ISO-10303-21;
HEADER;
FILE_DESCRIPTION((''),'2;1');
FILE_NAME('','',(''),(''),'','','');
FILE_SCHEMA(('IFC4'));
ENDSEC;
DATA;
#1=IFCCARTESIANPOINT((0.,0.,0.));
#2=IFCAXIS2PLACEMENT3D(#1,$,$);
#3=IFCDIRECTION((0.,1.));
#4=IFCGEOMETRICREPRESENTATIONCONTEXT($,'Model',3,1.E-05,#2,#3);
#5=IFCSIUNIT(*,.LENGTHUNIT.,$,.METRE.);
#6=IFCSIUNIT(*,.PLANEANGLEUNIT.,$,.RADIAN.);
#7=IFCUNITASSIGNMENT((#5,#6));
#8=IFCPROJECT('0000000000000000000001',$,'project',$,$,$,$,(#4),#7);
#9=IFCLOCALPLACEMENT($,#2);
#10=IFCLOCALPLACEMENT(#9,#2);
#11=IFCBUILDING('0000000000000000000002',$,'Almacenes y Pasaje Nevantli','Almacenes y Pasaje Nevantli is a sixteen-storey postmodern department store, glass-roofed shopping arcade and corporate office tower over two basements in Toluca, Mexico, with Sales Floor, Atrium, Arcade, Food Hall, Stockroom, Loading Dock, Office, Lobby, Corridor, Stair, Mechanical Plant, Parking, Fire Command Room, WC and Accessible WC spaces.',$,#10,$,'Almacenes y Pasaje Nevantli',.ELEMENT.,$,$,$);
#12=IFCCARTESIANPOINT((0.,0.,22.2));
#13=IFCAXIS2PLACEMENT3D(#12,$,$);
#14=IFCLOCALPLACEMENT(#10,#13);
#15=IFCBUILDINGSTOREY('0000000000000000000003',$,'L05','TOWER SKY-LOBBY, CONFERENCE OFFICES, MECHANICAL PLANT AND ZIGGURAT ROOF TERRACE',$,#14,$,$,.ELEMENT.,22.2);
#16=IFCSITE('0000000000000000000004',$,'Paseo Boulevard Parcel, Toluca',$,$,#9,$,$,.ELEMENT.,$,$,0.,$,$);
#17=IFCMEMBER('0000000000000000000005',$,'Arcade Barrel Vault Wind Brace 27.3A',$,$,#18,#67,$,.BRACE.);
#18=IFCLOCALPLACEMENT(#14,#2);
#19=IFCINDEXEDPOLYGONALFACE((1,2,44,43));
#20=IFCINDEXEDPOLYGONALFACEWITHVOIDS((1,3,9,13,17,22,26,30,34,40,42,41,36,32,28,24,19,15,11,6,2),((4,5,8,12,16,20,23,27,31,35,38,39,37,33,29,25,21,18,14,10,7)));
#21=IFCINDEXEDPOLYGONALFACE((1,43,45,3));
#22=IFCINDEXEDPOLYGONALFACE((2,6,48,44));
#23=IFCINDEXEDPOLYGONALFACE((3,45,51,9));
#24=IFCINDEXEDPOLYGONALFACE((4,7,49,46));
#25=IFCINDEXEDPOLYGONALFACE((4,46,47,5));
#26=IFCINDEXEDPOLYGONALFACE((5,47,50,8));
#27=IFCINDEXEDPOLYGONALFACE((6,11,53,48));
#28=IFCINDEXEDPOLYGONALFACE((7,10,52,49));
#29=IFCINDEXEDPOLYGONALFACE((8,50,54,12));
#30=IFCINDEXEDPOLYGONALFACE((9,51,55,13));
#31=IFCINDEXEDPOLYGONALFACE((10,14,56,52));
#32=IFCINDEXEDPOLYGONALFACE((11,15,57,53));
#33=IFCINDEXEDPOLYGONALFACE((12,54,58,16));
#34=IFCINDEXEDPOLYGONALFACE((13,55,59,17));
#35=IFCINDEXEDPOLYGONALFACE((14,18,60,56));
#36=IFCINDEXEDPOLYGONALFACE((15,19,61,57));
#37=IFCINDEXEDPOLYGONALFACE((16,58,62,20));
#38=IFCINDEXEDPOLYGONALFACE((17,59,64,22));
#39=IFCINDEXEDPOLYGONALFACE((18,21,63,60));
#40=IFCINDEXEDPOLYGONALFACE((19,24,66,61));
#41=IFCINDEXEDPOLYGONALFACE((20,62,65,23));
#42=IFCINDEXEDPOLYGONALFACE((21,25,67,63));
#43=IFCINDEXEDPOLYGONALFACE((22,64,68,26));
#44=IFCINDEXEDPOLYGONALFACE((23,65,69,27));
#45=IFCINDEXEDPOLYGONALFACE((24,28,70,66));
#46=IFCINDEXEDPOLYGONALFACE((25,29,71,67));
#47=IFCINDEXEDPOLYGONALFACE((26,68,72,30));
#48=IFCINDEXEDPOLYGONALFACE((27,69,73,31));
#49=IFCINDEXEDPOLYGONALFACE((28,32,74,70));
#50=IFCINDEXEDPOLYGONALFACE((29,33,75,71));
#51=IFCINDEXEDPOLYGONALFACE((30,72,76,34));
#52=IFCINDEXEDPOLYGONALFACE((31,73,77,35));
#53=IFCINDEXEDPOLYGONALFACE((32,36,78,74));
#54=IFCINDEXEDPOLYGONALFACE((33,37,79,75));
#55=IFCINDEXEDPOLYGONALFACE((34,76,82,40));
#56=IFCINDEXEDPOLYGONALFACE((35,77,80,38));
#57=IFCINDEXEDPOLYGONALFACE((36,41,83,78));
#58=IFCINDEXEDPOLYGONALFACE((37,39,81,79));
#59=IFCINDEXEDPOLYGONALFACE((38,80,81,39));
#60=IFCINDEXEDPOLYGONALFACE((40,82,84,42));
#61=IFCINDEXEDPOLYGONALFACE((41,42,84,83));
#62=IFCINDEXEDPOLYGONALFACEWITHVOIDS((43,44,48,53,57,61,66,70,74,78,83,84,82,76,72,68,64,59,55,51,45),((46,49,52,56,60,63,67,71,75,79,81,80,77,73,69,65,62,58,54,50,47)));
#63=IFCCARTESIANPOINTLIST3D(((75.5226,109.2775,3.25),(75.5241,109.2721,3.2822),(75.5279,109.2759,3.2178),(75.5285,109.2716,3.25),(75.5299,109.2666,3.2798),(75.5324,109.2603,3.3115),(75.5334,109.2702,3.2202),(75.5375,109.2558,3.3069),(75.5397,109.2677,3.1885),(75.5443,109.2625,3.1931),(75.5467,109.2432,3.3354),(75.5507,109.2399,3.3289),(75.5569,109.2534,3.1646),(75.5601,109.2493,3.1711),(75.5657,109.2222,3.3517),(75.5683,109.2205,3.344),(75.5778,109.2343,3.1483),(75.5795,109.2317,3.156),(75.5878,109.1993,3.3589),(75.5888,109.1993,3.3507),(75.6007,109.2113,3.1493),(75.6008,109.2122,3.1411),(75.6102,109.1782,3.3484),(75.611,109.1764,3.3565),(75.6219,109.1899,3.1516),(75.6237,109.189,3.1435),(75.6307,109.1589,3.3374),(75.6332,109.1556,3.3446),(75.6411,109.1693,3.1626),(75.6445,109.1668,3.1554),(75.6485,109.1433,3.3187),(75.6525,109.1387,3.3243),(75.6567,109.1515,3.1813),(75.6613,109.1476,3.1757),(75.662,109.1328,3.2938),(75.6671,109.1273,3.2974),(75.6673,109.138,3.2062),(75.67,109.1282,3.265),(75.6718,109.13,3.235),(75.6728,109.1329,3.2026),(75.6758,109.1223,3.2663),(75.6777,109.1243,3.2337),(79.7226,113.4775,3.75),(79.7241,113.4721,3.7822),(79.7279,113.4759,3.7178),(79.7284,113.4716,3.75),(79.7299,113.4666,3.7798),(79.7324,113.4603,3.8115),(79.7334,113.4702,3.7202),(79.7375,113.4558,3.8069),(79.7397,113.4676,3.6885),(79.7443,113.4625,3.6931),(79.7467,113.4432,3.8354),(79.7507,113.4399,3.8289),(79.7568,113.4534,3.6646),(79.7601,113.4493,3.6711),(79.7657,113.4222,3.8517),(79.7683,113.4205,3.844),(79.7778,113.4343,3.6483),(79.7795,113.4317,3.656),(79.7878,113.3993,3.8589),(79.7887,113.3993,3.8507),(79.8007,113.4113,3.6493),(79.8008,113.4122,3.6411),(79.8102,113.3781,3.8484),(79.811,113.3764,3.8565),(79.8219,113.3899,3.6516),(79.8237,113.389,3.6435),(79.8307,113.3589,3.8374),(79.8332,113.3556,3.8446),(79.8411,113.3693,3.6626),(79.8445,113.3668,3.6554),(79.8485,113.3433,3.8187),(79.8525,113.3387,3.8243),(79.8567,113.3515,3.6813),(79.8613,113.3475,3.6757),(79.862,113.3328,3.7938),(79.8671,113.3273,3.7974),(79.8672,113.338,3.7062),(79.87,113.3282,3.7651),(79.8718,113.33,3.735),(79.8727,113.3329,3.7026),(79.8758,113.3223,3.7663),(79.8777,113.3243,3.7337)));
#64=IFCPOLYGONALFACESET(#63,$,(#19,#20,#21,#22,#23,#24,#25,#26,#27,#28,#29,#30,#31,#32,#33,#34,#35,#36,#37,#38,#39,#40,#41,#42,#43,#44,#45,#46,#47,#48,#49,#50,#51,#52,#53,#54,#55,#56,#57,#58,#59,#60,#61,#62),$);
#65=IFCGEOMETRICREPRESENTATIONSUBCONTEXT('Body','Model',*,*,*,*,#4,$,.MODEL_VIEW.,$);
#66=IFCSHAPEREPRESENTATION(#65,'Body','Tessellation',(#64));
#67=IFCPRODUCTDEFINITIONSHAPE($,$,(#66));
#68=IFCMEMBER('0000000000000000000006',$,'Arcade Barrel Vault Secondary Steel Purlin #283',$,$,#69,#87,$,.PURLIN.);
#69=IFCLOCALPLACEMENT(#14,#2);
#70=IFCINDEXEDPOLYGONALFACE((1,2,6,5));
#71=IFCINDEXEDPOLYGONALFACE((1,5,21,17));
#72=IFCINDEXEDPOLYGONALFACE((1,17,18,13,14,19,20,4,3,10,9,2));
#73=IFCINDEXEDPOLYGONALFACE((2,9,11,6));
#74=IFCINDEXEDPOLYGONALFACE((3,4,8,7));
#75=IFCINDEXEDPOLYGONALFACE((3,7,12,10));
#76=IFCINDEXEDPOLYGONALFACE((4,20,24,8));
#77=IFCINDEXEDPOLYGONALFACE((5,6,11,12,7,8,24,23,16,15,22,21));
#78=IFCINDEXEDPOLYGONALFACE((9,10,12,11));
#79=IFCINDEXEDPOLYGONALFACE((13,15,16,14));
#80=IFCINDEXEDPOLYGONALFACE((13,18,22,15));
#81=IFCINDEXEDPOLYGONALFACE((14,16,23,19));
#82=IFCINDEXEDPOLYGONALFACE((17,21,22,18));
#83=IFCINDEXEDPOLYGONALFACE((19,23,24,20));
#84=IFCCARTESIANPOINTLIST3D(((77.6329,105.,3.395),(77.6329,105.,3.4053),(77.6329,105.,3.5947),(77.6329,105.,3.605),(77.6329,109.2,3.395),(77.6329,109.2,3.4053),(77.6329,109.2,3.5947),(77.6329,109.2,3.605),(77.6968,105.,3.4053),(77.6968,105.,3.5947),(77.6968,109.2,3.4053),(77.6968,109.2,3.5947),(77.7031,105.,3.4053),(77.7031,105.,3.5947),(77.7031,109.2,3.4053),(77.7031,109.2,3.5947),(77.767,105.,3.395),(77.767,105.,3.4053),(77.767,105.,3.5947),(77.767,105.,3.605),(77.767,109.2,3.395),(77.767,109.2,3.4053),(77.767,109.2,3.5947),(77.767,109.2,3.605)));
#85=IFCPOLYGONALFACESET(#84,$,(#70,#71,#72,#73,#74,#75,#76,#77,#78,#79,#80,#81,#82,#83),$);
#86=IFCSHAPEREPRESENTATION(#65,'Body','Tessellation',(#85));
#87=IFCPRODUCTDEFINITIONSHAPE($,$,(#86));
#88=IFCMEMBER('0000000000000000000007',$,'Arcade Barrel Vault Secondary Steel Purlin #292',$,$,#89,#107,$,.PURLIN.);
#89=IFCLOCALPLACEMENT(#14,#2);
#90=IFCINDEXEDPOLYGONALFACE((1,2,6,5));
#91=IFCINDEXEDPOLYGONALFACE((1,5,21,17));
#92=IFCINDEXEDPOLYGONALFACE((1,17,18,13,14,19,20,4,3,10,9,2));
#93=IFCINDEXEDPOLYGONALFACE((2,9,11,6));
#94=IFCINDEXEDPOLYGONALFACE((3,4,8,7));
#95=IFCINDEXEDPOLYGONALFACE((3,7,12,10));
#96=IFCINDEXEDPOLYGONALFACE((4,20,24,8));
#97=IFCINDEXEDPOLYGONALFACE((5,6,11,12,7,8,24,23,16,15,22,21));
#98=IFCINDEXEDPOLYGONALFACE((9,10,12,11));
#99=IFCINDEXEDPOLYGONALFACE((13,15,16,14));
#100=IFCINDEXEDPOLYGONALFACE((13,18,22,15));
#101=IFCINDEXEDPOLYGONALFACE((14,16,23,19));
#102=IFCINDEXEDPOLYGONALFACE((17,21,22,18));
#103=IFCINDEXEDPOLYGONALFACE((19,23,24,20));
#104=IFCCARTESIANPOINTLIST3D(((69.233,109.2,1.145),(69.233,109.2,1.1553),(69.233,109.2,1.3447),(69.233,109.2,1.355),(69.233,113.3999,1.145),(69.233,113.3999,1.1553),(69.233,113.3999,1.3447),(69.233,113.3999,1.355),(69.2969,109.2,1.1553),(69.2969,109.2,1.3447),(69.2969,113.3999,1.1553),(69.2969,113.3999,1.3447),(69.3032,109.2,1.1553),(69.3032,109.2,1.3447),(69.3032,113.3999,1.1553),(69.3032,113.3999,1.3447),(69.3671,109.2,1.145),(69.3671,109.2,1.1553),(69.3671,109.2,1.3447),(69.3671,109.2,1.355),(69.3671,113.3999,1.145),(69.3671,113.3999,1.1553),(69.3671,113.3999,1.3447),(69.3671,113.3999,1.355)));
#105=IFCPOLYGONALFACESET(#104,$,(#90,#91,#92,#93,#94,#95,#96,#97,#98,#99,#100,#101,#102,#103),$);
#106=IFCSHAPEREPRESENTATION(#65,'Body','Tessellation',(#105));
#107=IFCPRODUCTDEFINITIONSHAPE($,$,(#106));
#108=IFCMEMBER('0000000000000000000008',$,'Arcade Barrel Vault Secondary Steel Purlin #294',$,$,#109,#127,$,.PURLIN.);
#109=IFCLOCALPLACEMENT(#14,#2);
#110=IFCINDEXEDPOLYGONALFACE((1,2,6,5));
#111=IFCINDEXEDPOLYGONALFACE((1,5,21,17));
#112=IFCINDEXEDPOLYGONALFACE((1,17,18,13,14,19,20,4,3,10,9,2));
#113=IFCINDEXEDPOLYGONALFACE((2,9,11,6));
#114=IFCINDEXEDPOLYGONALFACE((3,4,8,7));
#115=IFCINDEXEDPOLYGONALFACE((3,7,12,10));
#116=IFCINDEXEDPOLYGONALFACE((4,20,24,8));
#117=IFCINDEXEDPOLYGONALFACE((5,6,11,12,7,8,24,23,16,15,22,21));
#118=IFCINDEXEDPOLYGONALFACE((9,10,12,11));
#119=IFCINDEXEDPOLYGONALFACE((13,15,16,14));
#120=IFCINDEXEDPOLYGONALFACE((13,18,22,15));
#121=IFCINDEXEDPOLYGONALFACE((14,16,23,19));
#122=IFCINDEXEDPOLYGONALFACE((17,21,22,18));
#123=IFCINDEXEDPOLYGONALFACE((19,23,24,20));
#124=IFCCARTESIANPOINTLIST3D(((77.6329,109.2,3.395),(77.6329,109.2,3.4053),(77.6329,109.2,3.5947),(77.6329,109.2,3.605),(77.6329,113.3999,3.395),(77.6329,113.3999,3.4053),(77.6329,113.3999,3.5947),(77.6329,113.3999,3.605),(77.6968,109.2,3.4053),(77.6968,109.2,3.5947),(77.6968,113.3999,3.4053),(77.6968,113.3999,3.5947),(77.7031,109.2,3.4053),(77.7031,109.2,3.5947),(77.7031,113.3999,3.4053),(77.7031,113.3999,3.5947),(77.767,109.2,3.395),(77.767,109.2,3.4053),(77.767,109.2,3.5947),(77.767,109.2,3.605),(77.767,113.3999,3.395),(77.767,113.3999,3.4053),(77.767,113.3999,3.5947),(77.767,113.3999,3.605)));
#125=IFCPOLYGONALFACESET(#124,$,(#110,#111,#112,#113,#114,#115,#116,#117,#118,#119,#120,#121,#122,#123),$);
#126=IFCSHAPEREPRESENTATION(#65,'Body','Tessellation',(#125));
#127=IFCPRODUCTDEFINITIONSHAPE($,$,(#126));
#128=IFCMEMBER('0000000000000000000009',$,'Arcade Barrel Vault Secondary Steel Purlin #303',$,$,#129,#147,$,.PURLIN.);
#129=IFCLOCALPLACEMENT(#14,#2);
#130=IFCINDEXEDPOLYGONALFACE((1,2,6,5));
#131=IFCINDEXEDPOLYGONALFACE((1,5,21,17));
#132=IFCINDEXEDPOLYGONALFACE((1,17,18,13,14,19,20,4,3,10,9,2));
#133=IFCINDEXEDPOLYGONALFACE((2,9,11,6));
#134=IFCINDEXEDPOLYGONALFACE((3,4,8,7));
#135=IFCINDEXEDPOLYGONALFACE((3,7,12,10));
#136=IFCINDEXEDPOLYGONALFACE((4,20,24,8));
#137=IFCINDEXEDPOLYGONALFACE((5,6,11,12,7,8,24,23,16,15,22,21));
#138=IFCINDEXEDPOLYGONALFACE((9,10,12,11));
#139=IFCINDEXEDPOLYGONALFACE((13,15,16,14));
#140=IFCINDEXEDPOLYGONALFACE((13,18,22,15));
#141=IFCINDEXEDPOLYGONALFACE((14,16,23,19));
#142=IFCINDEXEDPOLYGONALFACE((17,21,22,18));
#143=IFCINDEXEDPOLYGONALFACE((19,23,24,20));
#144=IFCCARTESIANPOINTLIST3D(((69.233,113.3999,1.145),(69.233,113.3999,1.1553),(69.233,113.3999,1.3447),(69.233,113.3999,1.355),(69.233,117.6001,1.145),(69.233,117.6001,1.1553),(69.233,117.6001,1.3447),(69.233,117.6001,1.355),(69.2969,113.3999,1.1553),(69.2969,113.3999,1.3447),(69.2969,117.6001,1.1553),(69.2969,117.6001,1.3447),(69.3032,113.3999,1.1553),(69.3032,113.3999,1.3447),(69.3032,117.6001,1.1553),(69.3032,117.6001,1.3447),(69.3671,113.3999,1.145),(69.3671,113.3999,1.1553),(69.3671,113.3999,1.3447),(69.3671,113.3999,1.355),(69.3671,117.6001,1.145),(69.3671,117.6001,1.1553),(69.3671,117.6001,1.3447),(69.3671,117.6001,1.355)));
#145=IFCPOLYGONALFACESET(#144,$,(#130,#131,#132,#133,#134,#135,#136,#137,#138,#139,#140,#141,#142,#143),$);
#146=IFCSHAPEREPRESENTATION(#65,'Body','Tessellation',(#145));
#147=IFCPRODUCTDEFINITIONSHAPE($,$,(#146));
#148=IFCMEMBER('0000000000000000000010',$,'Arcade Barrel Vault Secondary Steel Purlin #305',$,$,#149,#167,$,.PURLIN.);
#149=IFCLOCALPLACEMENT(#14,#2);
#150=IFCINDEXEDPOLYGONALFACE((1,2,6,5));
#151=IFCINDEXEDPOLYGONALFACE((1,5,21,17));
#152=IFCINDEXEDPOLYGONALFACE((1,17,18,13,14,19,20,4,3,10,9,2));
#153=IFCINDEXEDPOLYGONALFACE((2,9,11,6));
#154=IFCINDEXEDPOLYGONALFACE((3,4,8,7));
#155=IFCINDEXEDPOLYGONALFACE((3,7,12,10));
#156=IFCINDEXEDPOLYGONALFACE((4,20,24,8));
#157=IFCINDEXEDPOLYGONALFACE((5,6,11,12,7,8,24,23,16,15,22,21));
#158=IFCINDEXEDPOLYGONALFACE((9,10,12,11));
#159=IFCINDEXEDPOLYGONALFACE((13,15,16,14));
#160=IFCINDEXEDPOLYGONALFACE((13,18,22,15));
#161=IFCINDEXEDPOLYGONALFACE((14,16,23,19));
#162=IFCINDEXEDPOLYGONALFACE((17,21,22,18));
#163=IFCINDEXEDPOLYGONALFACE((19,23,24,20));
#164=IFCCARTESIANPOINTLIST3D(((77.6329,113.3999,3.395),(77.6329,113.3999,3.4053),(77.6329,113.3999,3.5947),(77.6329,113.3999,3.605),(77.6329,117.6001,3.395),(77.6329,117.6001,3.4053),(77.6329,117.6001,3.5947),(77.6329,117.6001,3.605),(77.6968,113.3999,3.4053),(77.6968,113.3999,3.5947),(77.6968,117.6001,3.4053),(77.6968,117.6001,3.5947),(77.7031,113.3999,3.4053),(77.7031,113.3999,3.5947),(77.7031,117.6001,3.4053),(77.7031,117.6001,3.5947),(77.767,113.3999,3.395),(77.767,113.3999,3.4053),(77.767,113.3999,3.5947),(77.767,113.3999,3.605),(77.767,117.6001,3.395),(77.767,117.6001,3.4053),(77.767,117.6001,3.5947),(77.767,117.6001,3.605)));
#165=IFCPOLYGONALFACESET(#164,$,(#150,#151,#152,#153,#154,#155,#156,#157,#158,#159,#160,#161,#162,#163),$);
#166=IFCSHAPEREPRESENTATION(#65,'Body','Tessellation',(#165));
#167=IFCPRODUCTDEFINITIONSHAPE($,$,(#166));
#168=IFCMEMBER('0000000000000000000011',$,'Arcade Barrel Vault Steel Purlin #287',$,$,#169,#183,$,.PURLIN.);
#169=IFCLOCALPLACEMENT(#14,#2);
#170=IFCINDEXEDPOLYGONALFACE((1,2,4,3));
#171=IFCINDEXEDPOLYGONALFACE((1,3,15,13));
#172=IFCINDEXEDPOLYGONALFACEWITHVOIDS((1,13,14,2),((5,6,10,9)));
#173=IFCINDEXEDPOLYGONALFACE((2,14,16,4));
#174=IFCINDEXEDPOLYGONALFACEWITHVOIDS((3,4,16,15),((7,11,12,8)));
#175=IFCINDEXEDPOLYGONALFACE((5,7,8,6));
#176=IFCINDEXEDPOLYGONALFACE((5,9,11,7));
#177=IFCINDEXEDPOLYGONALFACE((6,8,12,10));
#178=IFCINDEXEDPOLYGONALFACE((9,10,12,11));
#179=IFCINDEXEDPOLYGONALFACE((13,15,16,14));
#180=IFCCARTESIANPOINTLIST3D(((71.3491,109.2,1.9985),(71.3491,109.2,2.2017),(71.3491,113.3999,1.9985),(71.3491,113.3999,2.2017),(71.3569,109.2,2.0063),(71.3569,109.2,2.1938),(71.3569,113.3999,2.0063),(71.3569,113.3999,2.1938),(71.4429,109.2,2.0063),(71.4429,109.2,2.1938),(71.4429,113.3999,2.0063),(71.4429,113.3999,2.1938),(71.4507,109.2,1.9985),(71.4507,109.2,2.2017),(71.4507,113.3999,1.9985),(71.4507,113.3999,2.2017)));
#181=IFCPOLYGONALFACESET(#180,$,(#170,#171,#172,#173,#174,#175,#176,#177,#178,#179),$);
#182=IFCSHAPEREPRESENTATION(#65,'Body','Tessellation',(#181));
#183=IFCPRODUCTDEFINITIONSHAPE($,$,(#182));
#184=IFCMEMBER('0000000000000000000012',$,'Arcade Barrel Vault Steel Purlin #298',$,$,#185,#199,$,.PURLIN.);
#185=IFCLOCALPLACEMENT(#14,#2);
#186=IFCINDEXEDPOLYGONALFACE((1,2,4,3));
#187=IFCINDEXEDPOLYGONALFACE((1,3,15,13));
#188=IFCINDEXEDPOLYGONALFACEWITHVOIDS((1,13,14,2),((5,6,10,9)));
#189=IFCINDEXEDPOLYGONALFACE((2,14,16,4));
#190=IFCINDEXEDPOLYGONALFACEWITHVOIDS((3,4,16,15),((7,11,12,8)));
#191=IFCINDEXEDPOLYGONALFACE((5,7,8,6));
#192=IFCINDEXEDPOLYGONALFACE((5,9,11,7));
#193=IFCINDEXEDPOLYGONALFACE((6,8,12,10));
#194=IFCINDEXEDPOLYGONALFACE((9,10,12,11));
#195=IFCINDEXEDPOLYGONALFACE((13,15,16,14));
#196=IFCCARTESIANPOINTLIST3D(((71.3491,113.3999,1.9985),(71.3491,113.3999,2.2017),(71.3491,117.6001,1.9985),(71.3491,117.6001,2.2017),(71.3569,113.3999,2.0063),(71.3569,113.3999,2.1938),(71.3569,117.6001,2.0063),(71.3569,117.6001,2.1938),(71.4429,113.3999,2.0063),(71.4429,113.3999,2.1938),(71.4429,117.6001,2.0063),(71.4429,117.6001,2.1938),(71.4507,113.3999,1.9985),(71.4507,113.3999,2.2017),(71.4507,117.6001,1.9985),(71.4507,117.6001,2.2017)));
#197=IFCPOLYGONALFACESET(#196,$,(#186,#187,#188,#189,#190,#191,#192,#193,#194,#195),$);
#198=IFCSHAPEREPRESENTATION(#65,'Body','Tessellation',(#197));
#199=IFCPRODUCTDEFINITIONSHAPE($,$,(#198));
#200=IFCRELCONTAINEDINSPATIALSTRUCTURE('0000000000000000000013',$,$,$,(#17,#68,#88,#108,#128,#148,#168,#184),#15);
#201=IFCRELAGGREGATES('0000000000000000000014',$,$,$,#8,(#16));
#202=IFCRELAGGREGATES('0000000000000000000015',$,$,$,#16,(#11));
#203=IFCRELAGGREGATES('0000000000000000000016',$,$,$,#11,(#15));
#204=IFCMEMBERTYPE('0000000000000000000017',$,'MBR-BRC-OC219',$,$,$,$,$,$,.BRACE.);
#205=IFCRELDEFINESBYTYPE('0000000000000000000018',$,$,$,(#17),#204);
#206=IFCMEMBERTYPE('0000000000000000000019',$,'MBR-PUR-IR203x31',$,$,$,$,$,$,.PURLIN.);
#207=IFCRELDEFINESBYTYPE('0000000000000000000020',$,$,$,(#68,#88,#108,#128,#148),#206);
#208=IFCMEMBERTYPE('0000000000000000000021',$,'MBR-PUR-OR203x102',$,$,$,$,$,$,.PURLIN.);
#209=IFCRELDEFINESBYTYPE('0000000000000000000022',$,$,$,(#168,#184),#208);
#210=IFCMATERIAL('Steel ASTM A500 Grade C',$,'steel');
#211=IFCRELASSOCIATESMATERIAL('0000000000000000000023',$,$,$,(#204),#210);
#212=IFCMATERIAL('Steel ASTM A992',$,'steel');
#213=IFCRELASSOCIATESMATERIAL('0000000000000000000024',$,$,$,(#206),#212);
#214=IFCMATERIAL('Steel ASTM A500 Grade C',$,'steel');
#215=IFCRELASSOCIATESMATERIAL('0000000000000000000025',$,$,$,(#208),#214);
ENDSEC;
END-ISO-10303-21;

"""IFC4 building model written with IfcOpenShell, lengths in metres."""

from ifc_helpers import new_model, si_unit, direction, frame, origin, origin_2d, place, context, subcontext, project, spatial, hollow_rectangle, hollow_circle, i_section, extrude, material, material_profile, profile_set, type_object, element, save


model = new_model("IFC4")

# Units and contexts
model_context = context("Model", 3, precision=1e-05, world=origin(), true_north=direction((0.0, 1.0)))
body_context = subcontext(model_context, "Body", "Model", "MODEL_VIEW")
ifc_project = project(units=[si_unit("LENGTHUNIT", "METRE"), si_unit("PLANEANGLEUNIT", "RADIAN")], contexts=[model_context])

# Site, building, storey
site_placement = place(None, origin())
site = spatial("IfcSite", under=ifc_project, at=site_placement, Name="Paseo Boulevard Parcel, Toluca", CompositionType="ELEMENT", RefElevation=0.0)
building_placement = place(site_placement, origin())
building = spatial("IfcBuilding", under=site, at=building_placement, Name="Almacenes y Pasaje Nevantli", Description="Almacenes y Pasaje Nevantli is a sixteen-storey postmodern department store, glass-roofed shopping arcade and corporate office tower over two basements in Toluca, Mexico, with Sales Floor, Atrium, Arcade, Food Hall, Stockroom, Loading Dock, Office, Lobby, Corridor, Stair, Mechanical Plant, Parking, Fire Command Room, WC and Accessible WC spaces.", LongName="Almacenes y Pasaje Nevantli", CompositionType="ELEMENT")
storey_placement = place(building_placement, frame((0.0, 0.0, 22.2)))
storey = spatial("IfcBuildingStorey", under=building, at=storey_placement, Name="L05", Description="TOWER SKY-LOBBY, CONFERENCE OFFICES, MECHANICAL PLANT AND ZIGGURAT ROOF TERRACE", CompositionType="ELEMENT", Elevation=22.2)

# Members
ifc_material_1 = material(Name="Steel ASTM A500 Grade C", Category="steel")
ifc_material_profile_1 = material_profile(ifc_material_1, hollow_circle(Radius=0.1096, WallThickness=0.0083, at=origin_2d()), Name="OC 219x8.2")
ifc_profile_set_1 = profile_set([ifc_material_profile_1], Name="Steel ASTM A500 Grade C")
member_type_1 = type_object("IfcMemberType", Name="MBR-BRC-OC219", PredefinedType="BRACE", material=ifc_profile_set_1)
member_1_placement = place(storey_placement, frame((75.6001, 109.2, 3.25), z_axis=(0.704615, 0.704615, 0.083884), x_axis=(-0.707107, 0.707107, 0.0)))
element("IfcMember", 1, at=member_1_placement, inside=storey, type_object=member_type_1, Name="Arcade Barrel Vault Wind Brace 27.3A", PredefinedType="BRACE", context=body_context, shape_type="SweptSolid", body=[
    extrude(hollow_circle(Radius=0.1096, WallThickness=0.0083, at=origin_2d()), origin(), (0.0, 0.0, 1.0), 5.9607),
])
ifc_material_2 = material(Name="Steel ASTM A992", Category="steel")
ifc_material_profile_2 = material_profile(ifc_material_2, i_section(OverallWidth=0.134, OverallDepth=0.21, WebThickness=0.0063, FlangeThickness=0.0103, at=origin_2d()), Name="IR 203x31.3")
ifc_profile_set_2 = profile_set([ifc_material_profile_2], Name="Steel ASTM A992")
member_type_2 = type_object("IfcMemberType", Name="MBR-PUR-IR203x31", PredefinedType="PURLIN", material=ifc_profile_set_2)
for number, where, z_axis, x_axis, name in (
    (2, (77.7, 105.0, 3.5), (0.0, 1.0, 0.0), (-1.0, 0.0, 0.0), "Arcade Barrel Vault Secondary Steel Purlin #283"),
    (3, (69.3, 109.2, 1.25), (0.0, 1.0, 0.0), (-1.0, 0.0, 0.0), "Arcade Barrel Vault Secondary Steel Purlin #292"),
    (4, (77.7, 109.2, 3.5), (0.0, 1.0, 0.0), (-1.0, 0.0, 0.0), "Arcade Barrel Vault Secondary Steel Purlin #294"),
):
    element("IfcMember", number, at=place(storey_placement, frame(where, z_axis=z_axis, x_axis=x_axis)), inside=storey, type_object=member_type_2, Name=name, PredefinedType="PURLIN", context=body_context, shape_type="SweptSolid", body=[
        extrude(i_section(OverallWidth=0.134, OverallDepth=0.21, WebThickness=0.0063, FlangeThickness=0.0103, at=origin_2d()), origin(), (0.0, 0.0, 1.0), 4.2),
    ])
for number, where, z_axis, x_axis, name in (
    (5, (69.3, 113.3999, 1.25), (0.0, 1.0, 0.0), (-1.0, 0.0, 0.0), "Arcade Barrel Vault Secondary Steel Purlin #303"),
    (6, (77.7, 113.3999, 3.5), (0.0, 1.0, 0.0), (-1.0, 0.0, 0.0), "Arcade Barrel Vault Secondary Steel Purlin #305"),
):
    element("IfcMember", number, at=place(storey_placement, frame(where, z_axis=z_axis, x_axis=x_axis)), inside=storey, type_object=member_type_2, Name=name, PredefinedType="PURLIN", context=body_context, shape_type="SweptSolid", body=[
        extrude(i_section(OverallWidth=0.134, OverallDepth=0.21, WebThickness=0.0063, FlangeThickness=0.0103, at=origin_2d()), origin(), (0.0, 0.0, 1.0), 4.2002),
    ])
ifc_material_3 = material(Name="Steel ASTM A500 Grade C", Category="steel")
ifc_material_profile_3 = material_profile(ifc_material_3, hollow_rectangle(XDim=0.1016, YDim=0.2031, WallThickness=0.0078, at=origin_2d()), Name="OR 203x102x7.9")
ifc_profile_set_3 = profile_set([ifc_material_profile_3], Name="Steel ASTM A500 Grade C")
member_type_3 = type_object("IfcMemberType", Name="MBR-PUR-OR203x102", PredefinedType="PURLIN", material=ifc_profile_set_3)
member_2_placement = place(storey_placement, frame((71.3999, 109.2, 2.1001), z_axis=(0.0, 1.0, 0.0), x_axis=(-1.0, 0.0, 0.0)))
element("IfcMember", 7, at=member_2_placement, inside=storey, type_object=member_type_3, Name="Arcade Barrel Vault Steel Purlin #287", PredefinedType="PURLIN", context=body_context, shape_type="SweptSolid", body=[
    extrude(hollow_rectangle(XDim=0.1016, YDim=0.2031, WallThickness=0.0078, at=origin_2d()), origin(), (0.0, 0.0, 1.0), 4.2),
])
member_3_placement = place(storey_placement, frame((71.3999, 113.3999, 2.1001), z_axis=(0.0, 1.0, 0.0), x_axis=(-1.0, 0.0, 0.0)))
element("IfcMember", 8, at=member_3_placement, inside=storey, type_object=member_type_3, Name="Arcade Barrel Vault Steel Purlin #298", PredefinedType="PURLIN", context=body_context, shape_type="SweptSolid", body=[
    extrude(hollow_rectangle(XDim=0.1016, YDim=0.2031, WallThickness=0.0078, at=origin_2d()), origin(), (0.0, 0.0, 1.0), 4.2002),
])

save(model, "model.ifc")
